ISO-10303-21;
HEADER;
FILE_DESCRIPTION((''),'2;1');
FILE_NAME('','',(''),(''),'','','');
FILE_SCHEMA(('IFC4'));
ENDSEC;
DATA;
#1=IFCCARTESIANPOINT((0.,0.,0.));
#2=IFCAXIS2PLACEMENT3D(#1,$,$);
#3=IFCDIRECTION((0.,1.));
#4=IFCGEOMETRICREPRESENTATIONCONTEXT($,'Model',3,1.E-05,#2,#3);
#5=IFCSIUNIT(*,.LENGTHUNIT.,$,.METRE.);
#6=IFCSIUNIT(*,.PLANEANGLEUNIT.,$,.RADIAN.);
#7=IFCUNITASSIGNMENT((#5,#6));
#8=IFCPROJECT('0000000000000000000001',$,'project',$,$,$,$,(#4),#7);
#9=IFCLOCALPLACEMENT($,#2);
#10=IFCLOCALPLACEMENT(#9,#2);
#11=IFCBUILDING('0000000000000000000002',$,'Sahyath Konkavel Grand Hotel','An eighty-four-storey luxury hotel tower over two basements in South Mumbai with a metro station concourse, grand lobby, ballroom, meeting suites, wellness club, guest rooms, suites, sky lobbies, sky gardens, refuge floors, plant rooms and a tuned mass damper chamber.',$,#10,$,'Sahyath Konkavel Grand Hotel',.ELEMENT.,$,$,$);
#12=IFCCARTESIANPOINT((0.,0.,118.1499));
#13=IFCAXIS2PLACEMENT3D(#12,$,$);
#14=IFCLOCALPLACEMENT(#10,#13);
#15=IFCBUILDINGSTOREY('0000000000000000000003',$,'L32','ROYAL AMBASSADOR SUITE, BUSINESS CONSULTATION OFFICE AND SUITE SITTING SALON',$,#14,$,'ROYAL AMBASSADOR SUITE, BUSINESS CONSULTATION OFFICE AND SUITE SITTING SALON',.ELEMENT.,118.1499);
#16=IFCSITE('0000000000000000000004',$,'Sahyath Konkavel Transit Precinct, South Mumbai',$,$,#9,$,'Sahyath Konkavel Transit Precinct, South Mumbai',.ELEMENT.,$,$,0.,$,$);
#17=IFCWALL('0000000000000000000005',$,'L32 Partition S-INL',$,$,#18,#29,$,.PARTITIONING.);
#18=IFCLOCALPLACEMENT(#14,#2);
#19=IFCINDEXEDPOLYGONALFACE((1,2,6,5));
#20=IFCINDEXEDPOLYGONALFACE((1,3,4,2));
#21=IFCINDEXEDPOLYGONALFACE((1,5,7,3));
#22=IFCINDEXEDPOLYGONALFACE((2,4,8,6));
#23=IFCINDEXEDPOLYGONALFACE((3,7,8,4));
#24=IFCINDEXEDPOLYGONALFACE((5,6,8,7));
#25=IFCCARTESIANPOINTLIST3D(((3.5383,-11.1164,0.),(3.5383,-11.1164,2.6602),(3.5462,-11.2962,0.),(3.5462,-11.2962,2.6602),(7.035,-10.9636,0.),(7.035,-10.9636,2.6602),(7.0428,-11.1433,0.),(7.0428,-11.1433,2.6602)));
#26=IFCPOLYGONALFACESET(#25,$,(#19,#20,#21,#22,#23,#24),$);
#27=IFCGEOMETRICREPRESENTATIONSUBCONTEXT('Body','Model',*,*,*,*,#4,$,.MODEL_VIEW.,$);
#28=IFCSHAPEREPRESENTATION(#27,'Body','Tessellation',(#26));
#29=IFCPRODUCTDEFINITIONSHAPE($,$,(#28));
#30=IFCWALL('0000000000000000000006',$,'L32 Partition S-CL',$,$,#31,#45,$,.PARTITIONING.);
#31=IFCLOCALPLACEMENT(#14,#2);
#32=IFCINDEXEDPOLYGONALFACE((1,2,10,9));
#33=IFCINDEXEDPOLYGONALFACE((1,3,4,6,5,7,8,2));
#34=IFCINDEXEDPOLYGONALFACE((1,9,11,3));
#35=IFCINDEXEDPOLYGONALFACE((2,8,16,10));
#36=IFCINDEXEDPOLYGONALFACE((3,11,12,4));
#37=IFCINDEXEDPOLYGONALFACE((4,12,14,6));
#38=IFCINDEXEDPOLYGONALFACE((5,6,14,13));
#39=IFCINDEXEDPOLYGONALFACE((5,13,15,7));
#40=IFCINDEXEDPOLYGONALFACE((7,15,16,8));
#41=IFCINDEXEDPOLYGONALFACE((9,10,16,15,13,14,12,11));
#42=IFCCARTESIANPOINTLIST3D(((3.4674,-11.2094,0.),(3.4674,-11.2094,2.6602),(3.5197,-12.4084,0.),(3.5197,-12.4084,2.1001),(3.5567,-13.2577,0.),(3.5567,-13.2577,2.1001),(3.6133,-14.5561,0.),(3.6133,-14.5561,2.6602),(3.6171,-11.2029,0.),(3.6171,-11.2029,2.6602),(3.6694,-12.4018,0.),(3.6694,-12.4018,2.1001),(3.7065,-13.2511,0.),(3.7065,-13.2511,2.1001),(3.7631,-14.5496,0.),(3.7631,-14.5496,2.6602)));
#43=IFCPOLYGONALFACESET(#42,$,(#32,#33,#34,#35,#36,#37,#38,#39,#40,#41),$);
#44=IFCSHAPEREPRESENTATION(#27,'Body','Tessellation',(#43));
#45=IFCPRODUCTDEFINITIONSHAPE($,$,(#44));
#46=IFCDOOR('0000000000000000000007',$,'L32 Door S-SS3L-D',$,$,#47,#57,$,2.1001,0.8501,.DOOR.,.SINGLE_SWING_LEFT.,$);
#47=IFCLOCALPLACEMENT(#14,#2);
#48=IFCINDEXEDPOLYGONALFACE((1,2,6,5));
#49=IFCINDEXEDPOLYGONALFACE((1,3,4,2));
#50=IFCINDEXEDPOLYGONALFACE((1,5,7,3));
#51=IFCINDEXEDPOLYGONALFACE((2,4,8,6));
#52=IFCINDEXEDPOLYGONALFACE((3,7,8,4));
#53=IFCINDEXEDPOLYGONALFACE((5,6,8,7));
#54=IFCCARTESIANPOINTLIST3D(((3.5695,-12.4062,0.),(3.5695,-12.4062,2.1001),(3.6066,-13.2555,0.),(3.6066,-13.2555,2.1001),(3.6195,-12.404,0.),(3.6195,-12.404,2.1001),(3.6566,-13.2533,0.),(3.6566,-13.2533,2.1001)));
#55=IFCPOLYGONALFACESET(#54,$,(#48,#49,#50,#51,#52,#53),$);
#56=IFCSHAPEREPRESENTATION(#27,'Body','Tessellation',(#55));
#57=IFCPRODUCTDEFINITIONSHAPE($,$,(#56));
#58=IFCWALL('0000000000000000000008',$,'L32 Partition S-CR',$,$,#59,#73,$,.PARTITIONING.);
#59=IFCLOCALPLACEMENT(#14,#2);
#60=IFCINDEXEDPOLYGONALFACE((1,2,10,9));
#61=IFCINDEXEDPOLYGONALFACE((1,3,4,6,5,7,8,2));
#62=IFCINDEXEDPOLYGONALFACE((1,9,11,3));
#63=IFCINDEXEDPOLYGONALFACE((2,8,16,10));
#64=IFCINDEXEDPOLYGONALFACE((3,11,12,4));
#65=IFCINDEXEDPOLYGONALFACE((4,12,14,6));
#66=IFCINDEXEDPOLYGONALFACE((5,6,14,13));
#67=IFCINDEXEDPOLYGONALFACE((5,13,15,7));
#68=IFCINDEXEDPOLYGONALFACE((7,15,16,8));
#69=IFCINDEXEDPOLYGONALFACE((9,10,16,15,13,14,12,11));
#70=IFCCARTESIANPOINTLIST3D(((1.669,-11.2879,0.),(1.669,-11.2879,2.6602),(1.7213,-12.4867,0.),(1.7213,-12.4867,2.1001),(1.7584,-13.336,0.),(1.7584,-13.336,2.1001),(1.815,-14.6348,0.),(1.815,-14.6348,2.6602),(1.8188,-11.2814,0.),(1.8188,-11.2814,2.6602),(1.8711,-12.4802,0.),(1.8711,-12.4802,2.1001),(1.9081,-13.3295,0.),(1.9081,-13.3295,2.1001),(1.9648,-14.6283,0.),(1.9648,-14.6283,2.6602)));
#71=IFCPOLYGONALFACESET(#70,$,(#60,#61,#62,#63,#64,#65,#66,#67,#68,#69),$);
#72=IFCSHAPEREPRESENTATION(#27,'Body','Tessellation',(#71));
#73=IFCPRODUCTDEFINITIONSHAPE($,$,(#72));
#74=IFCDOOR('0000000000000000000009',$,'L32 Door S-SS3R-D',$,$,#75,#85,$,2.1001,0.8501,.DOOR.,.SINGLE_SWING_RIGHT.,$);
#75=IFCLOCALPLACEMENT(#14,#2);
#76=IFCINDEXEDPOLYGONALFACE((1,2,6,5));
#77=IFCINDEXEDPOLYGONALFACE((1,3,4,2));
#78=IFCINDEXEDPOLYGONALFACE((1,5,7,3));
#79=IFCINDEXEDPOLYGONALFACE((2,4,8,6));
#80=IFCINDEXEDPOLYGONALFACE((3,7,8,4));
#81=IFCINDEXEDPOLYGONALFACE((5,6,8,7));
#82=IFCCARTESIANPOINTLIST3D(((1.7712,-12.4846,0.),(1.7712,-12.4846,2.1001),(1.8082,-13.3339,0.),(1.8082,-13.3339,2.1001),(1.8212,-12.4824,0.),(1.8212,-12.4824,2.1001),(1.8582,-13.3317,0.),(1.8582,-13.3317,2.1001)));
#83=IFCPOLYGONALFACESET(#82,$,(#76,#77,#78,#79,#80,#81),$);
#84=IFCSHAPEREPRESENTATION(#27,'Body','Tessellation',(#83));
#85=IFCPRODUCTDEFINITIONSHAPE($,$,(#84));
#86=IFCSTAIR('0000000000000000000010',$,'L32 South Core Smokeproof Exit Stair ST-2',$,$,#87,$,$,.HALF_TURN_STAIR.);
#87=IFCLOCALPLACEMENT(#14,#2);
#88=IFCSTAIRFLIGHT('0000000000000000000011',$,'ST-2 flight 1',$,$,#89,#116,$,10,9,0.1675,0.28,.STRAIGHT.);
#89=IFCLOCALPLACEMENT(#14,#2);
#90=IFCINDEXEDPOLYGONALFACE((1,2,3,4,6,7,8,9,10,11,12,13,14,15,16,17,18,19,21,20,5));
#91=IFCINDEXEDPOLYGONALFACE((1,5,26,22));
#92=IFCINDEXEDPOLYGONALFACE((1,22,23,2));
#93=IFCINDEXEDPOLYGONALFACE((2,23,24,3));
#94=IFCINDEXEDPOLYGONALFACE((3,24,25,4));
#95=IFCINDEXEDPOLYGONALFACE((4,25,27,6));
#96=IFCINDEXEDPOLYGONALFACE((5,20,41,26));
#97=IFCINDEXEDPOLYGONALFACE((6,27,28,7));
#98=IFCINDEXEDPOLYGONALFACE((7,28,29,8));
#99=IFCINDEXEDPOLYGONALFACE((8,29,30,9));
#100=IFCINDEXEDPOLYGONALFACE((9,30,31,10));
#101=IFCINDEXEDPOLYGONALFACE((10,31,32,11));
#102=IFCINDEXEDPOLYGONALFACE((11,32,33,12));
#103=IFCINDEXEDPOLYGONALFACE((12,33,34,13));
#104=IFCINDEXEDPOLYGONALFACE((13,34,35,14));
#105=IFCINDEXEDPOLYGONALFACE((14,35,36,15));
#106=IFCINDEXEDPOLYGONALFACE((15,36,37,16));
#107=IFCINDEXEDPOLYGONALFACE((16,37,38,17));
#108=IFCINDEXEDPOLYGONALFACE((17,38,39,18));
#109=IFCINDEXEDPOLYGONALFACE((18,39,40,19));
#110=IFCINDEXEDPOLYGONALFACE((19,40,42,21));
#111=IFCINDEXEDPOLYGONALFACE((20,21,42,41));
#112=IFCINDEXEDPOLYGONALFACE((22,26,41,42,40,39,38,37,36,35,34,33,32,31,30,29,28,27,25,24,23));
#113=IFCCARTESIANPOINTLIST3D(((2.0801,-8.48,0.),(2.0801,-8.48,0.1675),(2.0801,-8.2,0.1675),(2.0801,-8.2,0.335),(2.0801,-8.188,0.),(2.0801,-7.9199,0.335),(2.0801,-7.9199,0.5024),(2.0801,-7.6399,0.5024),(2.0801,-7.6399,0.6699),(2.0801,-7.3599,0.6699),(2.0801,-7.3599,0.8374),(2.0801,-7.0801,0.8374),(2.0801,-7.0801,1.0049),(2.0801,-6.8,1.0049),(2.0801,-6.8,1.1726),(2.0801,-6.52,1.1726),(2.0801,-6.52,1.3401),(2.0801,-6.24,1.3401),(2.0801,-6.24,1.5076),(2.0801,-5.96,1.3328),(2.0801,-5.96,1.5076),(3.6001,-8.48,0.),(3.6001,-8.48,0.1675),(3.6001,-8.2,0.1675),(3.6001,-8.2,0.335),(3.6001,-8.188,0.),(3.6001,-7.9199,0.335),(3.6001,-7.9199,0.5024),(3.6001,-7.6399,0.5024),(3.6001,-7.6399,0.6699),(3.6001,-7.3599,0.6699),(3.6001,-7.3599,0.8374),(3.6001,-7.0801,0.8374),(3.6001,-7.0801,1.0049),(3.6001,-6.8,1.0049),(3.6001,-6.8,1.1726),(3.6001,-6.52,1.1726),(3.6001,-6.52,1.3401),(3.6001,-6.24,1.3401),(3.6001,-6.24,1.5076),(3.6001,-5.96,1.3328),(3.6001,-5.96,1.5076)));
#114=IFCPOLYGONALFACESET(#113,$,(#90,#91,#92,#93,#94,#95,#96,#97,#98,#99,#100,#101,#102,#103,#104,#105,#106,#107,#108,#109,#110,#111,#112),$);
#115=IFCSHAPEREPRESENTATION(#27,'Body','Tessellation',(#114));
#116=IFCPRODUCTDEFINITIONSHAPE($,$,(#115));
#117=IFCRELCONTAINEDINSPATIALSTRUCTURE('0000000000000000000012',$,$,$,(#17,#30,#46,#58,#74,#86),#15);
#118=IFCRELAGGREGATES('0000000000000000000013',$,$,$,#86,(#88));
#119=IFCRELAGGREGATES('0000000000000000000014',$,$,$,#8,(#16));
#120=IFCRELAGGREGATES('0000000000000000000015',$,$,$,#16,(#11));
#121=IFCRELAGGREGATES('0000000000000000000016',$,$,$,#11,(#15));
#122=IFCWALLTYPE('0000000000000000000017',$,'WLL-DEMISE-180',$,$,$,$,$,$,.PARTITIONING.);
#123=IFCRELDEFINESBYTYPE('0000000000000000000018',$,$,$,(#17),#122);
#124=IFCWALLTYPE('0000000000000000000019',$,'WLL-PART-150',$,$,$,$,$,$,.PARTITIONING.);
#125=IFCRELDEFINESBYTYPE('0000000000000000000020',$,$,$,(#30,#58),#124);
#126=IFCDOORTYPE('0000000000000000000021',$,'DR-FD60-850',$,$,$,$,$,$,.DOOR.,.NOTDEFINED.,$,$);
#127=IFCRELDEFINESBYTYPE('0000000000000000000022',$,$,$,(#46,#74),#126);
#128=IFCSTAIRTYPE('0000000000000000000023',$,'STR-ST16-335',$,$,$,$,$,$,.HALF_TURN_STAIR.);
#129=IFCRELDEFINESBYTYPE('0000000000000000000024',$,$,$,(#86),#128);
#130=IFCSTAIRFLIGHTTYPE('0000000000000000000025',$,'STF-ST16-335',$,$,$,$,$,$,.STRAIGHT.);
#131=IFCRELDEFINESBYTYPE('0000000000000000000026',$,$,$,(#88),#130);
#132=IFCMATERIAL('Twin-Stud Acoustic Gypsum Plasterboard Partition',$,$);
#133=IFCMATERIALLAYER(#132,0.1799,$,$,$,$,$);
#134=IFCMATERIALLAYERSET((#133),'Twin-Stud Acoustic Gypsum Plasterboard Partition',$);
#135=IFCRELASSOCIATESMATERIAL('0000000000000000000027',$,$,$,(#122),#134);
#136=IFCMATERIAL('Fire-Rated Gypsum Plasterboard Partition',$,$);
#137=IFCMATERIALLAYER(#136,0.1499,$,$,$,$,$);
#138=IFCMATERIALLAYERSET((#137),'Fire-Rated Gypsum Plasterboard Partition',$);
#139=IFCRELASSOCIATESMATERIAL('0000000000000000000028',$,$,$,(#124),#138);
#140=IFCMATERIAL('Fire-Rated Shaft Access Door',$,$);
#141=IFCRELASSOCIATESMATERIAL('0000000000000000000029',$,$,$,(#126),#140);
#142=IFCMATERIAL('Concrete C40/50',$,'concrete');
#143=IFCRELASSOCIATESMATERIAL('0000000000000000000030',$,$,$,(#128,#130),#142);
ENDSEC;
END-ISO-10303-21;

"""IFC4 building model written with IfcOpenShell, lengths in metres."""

from ifc_helpers import new_model, si_unit, direction, frame, frame_2d, origin, origin_2d, place, context, subcontext, project, spatial, polyline, rectangle, outline, extrude, source, transform, mapped, material, layer, layer_set, type_object, element, fill, aggregate, save


model = new_model("IFC4")

# Units and contexts
model_context = context("Model", 3, precision=1e-05, world=origin(), true_north=direction((0.0, 1.0)))
body_context = subcontext(model_context, "Body", "Model", "MODEL_VIEW")
ifc_project = project(units=[si_unit("LENGTHUNIT", "METRE"), si_unit("PLANEANGLEUNIT", "RADIAN")], contexts=[model_context])

# Site, building, storey
site_placement = place(None, origin())
site = spatial("IfcSite", under=ifc_project, at=site_placement, Name="Sahyath Konkavel Transit Precinct, South Mumbai", LongName="Sahyath Konkavel Transit Precinct, South Mumbai", CompositionType="ELEMENT", RefElevation=0.0)
building_placement = place(site_placement, origin())
building = spatial("IfcBuilding", under=site, at=building_placement, Name="Sahyath Konkavel Grand Hotel", Description="An eighty-four-storey luxury hotel tower over two basements in South Mumbai with a metro station concourse, grand lobby, ballroom, meeting suites, wellness club, guest rooms, suites, sky lobbies, sky gardens, refuge floors, plant rooms and a tuned mass damper chamber.", LongName="Sahyath Konkavel Grand Hotel", CompositionType="ELEMENT")
storey_placement = place(building_placement, frame((0.0, 0.0, 118.1499)))
storey = spatial("IfcBuildingStorey", under=building, at=storey_placement, Name="L32", Description="ROYAL AMBASSADOR SUITE, BUSINESS CONSULTATION OFFICE AND SUITE SITTING SALON", LongName="ROYAL AMBASSADOR SUITE, BUSINESS CONSULTATION OFFICE AND SUITE SITTING SALON", CompositionType="ELEMENT", Elevation=118.1499)

# Shared definitions
ifc_material_1 = material(Name="Concrete C40/50", Category="concrete")

# Wall
ifc_material_2 = material(Name="Twin-Stud Acoustic Gypsum Plasterboard Partition")
ifc_layer_1 = layer(ifc_material_2, 0.1799)
ifc_layer_set_1 = layer_set([ifc_layer_1], Name="Twin-Stud Acoustic Gypsum Plasterboard Partition")
wall_type_1 = type_object("IfcWallType", Name="WLL-DEMISE-180", PredefinedType="PARTITIONING", material=ifc_layer_set_1)
wall_1_placement = place(storey_placement, frame((3.5422, -11.2063, 0.0), z_axis=(0.0, 0.0, 1.0), x_axis=(0.999046, 0.043667, 0.0)))
element("IfcWall", 1, at=wall_1_placement, inside=storey, type_object=wall_type_1, Name="L32 Partition S-INL", PredefinedType="PARTITIONING", context=body_context, shape_type="SweptSolid", body=[
    extrude(rectangle(XDim=3.5, YDim=0.1799, at=frame_2d((1.75, 0.0))), origin(), (0.0, 0.0, 1.0), 2.6602),
])

# Walls, openings, doors
ifc_material_3 = material(Name="Fire-Rated Gypsum Plasterboard Partition")
ifc_layer_2 = layer(ifc_material_3, 0.1499)
ifc_layer_set_2 = layer_set([ifc_layer_2], Name="Fire-Rated Gypsum Plasterboard Partition")
wall_type_2 = type_object("IfcWallType", Name="WLL-PART-150", PredefinedType="PARTITIONING", material=ifc_layer_set_2)
wall_2_placement = place(storey_placement, frame((3.5422, -11.2063, 0.0), z_axis=(0.0, 0.0, 1.0), x_axis=(0.043583, -0.99905, 0.0)))
wall_2 = element("IfcWall", 2, at=wall_2_placement, inside=storey, type_object=wall_type_2, Name="L32 Partition S-CL", PredefinedType="PARTITIONING", context=body_context, shape_type="SweptSolid", body=[
    extrude(rectangle(XDim=3.3499, YDim=0.1499, at=frame_2d((1.6748, 0.0))), origin(), (0.0, 0.0, 1.0), 2.6602),
])
opening_1_placement = place(wall_2_placement, frame((1.2, 0.0, 0.0)))
opening_1 = element("IfcOpeningElement", 3, at=opening_1_placement, cuts=wall_2, PredefinedType="OPENING", context=body_context, shape_type="SweptSolid", body=[
    extrude(rectangle(XDim=0.8501, YDim=2.1001, at=frame_2d((0.425, 1.05))), frame((0.0, 0.085, 0.0), z_axis=(0.0, -1.0, 0.0), x_axis=(1.0, 0.0, 0.0)), (0.0, 0.0, 1.0), 0.1699),
])
ifc_material_4 = material(Name="Fire-Rated Shaft Access Door")
door_type_1 = type_object("IfcDoorType", Name="DR-FD60-850", OperationType="NOTDEFINED", PredefinedType="DOOR", material=ifc_material_4)
shared_shape_1 = source(origin(), body_context, "Body", "SweptSolid", [
    extrude(rectangle(XDim=0.8501, YDim=0.05, at=origin_2d()), origin(), (0.0, 0.0, 1.0), 2.1001),
])
door_1_placement = place(opening_1_placement, frame((0.425, 0.0, 0.0)))
door_1 = element("IfcDoor", 4, at=door_1_placement, inside=storey, type_object=door_type_1, Name="L32 Door S-SS3L-D", OperationType="SINGLE_SWING_LEFT", OverallHeight=2.1001, OverallWidth=0.8501, PredefinedType="DOOR", context=body_context, shape_type="MappedRepresentation", body=[
    mapped(shared_shape_1, transform((0.0, 0.0, 0.0), scale=1.0)),
])
fill(opening_1, door_1)
wall_3_placement = place(storey_placement, frame((1.7439, -11.2847, 0.0), z_axis=(0.0, 0.0, 1.0), x_axis=(0.04358, -0.99905, 0.0)))
wall_3 = element("IfcWall", 5, at=wall_3_placement, inside=storey, type_object=wall_type_2, Name="L32 Partition S-CR", PredefinedType="PARTITIONING", context=body_context, shape_type="SweptSolid", body=[
    extrude(rectangle(XDim=3.3501, YDim=0.1499, at=frame_2d((1.675, 0.0))), origin(), (0.0, 0.0, 1.0), 2.6602),
])
opening_2_placement = place(wall_3_placement, frame((1.2, 0.0, 0.0)))
opening_2 = element("IfcOpeningElement", 6, at=opening_2_placement, cuts=wall_3, PredefinedType="OPENING", context=body_context, shape_type="SweptSolid", body=[
    extrude(rectangle(XDim=0.8501, YDim=2.1001, at=frame_2d((0.425, 1.05))), frame((0.0, 0.085, 0.0), z_axis=(0.0, -1.0, 0.0), x_axis=(1.0, 0.0, 0.0)), (0.0, 0.0, 1.0), 0.1699),
])
door_2_placement = place(opening_2_placement, frame((0.425, 0.0, 0.0)))
door_2 = element("IfcDoor", 7, at=door_2_placement, inside=storey, type_object=door_type_1, Name="L32 Door S-SS3R-D", OperationType="SINGLE_SWING_RIGHT", OverallHeight=2.1001, OverallWidth=0.8501, PredefinedType="DOOR", context=body_context, shape_type="MappedRepresentation", body=[
    mapped(shared_shape_1, transform((0.0, 0.0, 0.0), scale=1.0)),
])
fill(opening_2, door_2)

# Stair, stair flight
stair_type = type_object("IfcStairType", Name="STR-ST16-335", PredefinedType="HALF_TURN_STAIR", material=ifc_material_1)
stair_placement = place(storey_placement, origin())
stair = element("IfcStair", 8, at=stair_placement, inside=storey, type_object=stair_type, Name="L32 South Core Smokeproof Exit Stair ST-2", PredefinedType="HALF_TURN_STAIR")
stair_flight_type = type_object("IfcStairFlightType", Name="STF-ST16-335", PredefinedType="STRAIGHT", material=ifc_material_1)
stair_flight_placement = place(storey_placement, frame((2.8401, -8.48, 0.0), z_axis=(0.0, 0.0, 1.0), x_axis=(0.0, 1.0, 0.0)))
stair_flight = element("IfcStairFlight", 9, at=stair_flight_placement, type_object=stair_flight_type, Name="ST-2 flight 1", NumberOfRisers=10, NumberOfTreads=9, PredefinedType="STRAIGHT", RiserHeight=0.1675, TreadLength=0.28, context=body_context, shape_type="SweptSolid", body=[
    extrude(outline(polyline([(0.0, 0.0), (0.0, 0.1675), (0.28, 0.1675), (0.28, 0.335), (0.5601, 0.335), (0.5601, 0.5024), (0.8401, 0.5024), (0.8401, 0.6699), (1.1201, 0.6699), (1.1201, 0.8374), (1.3999, 0.8374), (1.3999, 1.0049), (1.6799, 1.0049), (1.6799, 1.1726), (1.96, 1.1726), (1.96, 1.3401), (2.24, 1.3401), (2.24, 1.5076), (2.52, 1.5076), (2.52, 1.675), (2.52, 1.3328), (0.292, 0.0), (0.0, 0.0)])), frame((0.0, 0.76, 0.0), z_axis=(0.0, -1.0, 0.0), x_axis=(1.0, 0.0, 0.0)), (0.0, 0.0, 1.0), 1.52),
])
aggregate(stair, [stair_flight])

save(model, "model.ifc")
